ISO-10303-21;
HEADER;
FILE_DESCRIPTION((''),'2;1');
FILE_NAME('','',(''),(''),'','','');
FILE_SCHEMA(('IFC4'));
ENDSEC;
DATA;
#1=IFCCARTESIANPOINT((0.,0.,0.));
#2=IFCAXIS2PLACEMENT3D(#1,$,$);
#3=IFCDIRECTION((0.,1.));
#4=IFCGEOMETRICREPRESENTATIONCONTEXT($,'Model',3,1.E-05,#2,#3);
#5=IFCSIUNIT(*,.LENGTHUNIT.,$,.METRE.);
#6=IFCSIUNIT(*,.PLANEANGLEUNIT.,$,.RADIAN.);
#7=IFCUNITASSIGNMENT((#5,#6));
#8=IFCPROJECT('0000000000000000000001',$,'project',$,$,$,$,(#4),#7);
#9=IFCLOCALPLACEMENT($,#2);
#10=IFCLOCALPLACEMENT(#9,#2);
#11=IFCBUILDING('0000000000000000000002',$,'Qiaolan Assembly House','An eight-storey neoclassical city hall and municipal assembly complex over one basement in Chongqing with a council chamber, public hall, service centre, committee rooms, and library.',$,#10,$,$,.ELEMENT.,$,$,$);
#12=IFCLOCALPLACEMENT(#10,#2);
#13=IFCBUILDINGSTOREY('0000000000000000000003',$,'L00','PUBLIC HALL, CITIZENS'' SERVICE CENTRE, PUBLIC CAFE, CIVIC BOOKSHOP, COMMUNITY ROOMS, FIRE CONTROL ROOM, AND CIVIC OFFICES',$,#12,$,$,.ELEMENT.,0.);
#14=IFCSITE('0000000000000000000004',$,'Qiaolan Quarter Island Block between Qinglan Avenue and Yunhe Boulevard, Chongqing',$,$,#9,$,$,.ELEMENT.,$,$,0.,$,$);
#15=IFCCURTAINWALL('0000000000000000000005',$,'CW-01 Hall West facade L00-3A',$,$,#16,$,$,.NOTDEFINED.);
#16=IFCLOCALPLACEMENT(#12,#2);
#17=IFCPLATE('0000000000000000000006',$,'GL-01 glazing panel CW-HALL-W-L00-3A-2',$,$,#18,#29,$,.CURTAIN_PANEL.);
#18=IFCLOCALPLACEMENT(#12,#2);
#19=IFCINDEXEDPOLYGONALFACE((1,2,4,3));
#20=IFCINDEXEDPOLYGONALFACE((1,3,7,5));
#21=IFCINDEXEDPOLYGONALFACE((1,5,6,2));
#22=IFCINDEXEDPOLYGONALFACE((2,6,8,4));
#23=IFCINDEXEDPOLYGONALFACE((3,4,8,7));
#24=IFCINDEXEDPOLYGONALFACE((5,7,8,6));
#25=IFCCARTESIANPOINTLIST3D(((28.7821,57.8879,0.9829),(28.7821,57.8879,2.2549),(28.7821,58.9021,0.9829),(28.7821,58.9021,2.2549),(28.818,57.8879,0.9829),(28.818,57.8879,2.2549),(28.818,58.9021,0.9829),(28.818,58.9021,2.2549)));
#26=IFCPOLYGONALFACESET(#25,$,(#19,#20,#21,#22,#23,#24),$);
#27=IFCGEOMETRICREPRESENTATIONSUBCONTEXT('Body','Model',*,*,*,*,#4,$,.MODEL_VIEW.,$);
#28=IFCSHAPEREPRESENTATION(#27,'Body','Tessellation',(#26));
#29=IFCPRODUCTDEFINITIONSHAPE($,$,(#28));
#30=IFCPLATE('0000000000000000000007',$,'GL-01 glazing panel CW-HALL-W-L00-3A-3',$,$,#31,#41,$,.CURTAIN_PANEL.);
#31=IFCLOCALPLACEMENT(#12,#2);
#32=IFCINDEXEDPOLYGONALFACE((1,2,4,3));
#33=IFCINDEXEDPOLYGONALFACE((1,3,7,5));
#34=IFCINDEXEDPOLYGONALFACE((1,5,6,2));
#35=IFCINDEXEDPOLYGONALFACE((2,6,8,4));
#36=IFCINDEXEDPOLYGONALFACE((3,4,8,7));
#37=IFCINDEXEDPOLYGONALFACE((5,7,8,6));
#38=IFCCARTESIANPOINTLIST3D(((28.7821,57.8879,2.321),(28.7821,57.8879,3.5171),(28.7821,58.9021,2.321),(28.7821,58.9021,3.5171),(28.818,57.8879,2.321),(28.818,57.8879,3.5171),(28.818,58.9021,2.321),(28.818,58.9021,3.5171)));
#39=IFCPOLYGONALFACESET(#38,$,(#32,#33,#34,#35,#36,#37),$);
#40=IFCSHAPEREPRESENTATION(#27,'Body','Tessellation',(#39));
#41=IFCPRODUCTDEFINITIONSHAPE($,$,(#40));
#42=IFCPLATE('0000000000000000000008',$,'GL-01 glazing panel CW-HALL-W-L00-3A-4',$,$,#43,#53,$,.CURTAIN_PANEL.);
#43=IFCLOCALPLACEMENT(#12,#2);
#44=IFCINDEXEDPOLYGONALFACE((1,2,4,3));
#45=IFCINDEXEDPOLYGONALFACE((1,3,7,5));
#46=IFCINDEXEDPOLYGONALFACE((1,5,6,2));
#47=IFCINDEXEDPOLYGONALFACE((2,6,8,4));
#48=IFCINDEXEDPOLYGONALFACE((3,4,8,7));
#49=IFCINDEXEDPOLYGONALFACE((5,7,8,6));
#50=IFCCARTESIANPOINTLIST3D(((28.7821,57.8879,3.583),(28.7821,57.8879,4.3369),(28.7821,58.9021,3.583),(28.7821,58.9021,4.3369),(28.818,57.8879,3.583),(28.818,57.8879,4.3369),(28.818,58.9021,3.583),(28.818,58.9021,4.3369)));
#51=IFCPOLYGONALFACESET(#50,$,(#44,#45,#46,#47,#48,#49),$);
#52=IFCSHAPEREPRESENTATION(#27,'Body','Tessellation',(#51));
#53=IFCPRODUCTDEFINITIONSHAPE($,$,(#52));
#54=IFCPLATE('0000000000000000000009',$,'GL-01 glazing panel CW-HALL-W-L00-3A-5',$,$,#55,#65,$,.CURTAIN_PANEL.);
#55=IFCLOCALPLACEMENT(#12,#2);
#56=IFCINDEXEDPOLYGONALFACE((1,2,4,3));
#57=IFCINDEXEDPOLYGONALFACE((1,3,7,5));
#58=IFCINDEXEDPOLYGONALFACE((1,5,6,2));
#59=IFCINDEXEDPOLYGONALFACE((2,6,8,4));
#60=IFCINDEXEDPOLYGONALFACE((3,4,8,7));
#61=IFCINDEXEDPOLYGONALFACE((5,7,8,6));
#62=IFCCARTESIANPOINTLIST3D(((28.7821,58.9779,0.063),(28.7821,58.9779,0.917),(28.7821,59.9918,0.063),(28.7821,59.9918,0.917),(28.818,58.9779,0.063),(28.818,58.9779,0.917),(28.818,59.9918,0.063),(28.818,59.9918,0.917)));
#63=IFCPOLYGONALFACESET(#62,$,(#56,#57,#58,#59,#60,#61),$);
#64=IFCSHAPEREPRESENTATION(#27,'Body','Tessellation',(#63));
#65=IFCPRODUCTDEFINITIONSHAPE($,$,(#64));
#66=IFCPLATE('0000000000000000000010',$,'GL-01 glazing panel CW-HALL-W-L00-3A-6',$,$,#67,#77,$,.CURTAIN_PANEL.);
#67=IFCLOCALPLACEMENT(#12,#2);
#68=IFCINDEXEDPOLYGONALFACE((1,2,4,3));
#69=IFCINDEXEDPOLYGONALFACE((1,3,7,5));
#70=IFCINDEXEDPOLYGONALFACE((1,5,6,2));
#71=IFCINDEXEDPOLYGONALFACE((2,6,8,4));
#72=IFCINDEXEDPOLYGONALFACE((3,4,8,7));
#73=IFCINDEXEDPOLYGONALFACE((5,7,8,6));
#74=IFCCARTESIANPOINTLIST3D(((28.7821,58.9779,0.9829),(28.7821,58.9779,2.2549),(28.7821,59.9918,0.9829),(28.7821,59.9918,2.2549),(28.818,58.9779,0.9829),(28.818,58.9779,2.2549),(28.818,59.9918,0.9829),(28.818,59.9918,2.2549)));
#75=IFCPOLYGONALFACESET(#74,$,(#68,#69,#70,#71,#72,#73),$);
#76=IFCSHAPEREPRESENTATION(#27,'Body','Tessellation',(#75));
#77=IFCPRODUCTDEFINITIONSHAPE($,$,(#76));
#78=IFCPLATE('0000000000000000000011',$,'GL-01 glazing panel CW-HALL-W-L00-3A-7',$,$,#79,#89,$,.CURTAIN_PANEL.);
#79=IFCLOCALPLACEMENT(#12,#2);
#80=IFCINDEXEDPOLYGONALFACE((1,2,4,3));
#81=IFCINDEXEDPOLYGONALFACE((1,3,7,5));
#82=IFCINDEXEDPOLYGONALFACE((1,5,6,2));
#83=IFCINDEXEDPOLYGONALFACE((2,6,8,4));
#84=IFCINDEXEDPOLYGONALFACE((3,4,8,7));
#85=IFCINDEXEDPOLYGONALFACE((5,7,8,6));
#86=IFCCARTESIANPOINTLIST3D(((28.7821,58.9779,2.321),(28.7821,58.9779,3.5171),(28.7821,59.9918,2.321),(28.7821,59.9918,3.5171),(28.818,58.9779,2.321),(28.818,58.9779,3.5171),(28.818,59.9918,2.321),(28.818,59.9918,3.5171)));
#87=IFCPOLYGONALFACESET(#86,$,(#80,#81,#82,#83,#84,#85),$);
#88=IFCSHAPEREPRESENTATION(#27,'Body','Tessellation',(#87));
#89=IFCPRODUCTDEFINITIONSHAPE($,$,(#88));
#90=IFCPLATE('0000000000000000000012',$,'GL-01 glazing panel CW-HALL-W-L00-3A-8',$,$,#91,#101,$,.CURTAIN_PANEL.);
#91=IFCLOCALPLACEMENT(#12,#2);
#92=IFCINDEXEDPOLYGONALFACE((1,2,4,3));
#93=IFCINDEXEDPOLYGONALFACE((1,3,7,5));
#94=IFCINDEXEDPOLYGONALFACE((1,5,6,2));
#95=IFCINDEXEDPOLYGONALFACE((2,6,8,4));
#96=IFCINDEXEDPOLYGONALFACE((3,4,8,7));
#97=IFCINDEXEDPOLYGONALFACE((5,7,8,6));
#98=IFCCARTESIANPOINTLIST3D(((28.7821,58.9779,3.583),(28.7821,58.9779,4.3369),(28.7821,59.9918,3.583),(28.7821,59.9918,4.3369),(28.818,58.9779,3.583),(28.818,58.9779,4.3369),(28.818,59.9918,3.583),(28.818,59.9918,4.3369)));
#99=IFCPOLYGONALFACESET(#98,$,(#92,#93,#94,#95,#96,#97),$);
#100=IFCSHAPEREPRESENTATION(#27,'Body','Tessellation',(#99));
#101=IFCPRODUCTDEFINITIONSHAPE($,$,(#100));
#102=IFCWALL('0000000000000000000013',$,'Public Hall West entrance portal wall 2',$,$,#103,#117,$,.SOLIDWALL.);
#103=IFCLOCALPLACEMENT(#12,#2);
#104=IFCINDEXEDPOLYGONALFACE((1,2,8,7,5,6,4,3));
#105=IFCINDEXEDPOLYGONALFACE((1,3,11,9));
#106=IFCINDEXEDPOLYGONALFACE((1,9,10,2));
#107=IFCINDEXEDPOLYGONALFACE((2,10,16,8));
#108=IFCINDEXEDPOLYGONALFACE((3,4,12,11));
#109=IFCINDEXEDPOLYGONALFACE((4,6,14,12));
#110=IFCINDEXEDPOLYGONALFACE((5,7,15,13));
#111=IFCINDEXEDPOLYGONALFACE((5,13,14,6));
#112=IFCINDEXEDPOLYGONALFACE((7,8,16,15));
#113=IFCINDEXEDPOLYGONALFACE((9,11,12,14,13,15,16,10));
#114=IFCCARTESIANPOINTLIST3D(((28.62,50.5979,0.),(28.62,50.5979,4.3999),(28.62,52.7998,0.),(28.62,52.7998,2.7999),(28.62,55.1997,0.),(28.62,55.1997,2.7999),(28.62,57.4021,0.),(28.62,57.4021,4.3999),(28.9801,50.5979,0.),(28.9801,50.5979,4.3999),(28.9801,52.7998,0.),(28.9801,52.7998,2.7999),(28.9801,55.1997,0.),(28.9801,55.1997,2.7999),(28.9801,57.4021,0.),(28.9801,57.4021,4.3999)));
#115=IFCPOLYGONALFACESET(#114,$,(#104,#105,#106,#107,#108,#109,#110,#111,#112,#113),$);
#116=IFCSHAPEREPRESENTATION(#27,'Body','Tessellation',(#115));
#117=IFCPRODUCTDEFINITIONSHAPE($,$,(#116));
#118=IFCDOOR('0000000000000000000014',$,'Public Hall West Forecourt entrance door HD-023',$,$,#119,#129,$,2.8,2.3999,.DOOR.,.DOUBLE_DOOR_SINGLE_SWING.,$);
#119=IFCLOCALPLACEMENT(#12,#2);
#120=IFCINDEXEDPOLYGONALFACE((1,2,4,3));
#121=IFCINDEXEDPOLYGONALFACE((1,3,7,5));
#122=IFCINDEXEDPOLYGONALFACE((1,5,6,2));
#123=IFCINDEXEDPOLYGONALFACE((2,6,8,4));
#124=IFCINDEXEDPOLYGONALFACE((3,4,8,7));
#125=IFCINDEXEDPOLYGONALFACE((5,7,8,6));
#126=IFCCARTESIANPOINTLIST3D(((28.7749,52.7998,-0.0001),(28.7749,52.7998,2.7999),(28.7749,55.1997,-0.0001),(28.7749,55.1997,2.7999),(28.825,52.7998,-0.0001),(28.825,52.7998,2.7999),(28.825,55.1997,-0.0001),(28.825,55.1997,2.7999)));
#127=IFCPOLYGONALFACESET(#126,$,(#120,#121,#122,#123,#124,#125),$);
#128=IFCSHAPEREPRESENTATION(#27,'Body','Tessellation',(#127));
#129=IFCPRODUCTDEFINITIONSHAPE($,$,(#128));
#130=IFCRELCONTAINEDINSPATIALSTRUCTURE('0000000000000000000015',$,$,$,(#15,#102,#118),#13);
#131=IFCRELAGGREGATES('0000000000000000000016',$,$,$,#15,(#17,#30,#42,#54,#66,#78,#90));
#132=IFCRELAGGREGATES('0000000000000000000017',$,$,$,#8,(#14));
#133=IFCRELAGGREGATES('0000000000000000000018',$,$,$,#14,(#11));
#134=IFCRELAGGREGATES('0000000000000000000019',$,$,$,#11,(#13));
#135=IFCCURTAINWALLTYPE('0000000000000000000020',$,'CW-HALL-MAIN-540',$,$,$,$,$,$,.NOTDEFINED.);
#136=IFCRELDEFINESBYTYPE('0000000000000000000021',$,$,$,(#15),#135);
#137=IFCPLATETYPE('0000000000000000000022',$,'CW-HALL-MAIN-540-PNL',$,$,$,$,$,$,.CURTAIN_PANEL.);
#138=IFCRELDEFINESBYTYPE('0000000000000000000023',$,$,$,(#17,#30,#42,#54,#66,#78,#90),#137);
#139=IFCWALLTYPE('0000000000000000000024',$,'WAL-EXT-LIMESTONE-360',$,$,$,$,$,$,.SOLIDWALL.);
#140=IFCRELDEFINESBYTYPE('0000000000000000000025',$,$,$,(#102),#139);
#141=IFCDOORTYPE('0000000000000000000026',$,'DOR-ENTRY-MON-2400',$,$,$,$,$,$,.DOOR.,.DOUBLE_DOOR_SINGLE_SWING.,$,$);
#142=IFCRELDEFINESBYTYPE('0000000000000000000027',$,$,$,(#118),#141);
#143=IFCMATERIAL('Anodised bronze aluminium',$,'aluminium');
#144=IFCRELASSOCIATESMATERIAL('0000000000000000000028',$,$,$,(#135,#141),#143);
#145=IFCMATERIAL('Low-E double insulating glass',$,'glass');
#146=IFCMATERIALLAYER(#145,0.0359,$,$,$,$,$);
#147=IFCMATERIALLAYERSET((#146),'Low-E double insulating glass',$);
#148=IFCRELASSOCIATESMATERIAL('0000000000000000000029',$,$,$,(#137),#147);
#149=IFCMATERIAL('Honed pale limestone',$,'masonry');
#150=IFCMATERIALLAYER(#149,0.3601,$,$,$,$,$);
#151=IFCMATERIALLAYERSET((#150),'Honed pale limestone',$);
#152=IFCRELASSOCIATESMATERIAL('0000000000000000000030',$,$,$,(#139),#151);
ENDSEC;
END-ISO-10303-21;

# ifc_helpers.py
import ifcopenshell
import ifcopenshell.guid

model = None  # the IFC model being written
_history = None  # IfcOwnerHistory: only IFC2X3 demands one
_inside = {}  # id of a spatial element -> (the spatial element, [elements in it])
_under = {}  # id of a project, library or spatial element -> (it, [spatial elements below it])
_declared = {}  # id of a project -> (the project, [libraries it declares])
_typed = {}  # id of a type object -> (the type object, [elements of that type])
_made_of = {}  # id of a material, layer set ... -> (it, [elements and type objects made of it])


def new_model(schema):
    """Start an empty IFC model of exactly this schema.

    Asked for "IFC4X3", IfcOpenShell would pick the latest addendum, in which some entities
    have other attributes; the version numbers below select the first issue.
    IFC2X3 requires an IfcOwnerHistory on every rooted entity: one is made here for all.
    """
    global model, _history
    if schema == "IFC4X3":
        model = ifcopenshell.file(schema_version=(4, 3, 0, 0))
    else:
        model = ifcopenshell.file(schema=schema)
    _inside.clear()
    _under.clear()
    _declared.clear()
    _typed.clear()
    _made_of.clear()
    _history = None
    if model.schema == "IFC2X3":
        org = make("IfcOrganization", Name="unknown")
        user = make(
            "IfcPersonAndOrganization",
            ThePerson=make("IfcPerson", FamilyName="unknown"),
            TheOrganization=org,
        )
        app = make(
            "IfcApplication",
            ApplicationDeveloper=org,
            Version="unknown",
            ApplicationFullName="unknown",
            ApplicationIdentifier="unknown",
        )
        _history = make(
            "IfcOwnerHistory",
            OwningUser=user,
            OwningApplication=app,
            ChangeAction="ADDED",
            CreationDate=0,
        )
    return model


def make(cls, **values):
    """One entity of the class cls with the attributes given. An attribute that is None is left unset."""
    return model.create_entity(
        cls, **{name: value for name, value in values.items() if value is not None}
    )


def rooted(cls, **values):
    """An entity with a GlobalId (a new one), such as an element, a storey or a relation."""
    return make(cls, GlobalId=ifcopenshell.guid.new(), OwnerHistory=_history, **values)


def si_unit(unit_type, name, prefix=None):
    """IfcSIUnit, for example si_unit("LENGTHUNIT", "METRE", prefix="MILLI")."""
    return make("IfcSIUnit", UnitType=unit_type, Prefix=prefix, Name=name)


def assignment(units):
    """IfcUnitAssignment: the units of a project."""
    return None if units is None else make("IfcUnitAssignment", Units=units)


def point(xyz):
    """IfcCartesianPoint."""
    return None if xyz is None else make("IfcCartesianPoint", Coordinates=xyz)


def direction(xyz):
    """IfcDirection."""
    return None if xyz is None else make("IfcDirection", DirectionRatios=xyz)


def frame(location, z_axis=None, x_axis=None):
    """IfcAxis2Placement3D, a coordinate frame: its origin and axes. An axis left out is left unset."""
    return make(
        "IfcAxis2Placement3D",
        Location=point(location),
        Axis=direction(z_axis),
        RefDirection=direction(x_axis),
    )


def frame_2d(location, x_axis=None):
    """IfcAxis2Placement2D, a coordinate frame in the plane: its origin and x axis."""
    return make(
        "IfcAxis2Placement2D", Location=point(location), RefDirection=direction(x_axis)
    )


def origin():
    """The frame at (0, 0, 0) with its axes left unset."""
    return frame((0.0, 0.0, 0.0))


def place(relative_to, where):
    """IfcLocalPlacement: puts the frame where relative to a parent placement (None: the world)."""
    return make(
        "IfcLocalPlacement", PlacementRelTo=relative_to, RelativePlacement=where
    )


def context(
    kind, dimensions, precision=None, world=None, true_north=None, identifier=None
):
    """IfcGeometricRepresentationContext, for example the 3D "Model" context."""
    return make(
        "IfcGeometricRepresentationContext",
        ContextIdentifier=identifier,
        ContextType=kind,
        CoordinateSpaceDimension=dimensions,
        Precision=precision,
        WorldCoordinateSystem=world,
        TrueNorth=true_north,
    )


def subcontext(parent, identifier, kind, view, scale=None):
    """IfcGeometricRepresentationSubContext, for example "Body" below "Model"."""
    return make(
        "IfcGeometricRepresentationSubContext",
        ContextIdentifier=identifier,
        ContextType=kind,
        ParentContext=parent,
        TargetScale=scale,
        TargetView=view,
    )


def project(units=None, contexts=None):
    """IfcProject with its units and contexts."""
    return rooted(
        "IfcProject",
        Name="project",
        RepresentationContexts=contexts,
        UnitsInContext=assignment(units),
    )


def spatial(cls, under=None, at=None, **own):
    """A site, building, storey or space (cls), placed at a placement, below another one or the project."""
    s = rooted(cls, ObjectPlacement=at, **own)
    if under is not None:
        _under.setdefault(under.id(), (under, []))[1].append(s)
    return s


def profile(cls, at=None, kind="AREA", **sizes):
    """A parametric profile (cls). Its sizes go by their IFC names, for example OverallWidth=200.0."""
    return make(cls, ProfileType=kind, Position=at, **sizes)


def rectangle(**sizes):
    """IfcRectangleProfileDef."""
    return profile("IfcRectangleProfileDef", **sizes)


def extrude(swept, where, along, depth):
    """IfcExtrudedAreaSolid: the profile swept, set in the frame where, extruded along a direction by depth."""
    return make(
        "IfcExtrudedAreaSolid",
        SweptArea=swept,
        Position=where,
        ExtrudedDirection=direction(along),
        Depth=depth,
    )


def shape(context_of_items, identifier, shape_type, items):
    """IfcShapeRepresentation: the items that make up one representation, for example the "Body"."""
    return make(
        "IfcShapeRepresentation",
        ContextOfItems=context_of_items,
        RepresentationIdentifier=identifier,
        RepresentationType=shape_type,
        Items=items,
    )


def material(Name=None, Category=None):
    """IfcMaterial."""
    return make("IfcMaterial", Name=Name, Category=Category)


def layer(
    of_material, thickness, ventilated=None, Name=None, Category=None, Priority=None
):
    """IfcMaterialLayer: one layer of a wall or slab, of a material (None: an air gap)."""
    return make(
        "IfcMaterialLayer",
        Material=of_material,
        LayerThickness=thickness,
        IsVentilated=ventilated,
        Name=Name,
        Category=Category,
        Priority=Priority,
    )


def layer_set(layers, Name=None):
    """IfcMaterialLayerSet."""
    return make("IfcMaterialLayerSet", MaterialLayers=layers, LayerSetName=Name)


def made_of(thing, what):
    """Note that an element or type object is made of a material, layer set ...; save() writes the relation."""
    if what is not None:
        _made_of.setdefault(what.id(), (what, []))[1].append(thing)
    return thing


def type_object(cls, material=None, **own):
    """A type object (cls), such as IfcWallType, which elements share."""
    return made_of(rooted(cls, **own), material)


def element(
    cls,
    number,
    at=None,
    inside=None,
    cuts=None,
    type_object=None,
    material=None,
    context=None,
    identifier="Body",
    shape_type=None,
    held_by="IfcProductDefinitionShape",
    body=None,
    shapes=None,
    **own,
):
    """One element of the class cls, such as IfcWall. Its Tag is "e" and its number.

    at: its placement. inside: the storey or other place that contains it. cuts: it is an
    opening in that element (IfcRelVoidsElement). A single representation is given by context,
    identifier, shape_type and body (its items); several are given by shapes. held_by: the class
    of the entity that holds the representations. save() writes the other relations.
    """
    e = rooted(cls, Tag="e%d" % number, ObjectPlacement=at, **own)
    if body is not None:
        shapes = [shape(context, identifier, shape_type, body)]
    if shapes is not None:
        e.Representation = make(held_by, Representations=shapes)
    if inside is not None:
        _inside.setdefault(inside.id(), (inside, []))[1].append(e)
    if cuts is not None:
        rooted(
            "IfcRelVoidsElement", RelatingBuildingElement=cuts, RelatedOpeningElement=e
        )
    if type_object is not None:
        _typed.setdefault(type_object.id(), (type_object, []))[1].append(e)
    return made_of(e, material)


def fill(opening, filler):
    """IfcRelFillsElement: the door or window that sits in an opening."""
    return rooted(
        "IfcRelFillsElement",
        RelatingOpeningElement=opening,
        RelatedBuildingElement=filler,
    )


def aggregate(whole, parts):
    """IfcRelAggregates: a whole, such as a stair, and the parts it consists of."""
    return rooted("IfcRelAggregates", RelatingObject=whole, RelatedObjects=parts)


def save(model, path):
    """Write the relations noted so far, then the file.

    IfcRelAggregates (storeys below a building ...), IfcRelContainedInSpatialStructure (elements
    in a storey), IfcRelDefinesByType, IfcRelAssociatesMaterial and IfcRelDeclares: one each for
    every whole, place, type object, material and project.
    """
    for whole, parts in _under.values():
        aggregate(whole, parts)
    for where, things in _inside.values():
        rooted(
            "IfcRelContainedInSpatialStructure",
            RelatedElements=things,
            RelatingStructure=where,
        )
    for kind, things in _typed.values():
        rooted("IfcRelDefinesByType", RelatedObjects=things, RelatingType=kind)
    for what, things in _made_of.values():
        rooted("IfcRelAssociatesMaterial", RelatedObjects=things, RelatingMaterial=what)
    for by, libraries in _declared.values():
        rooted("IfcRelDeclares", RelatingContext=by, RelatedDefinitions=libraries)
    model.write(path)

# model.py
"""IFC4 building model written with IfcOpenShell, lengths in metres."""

from ifc_helpers import new_model, si_unit, direction, frame, frame_2d, origin, place, context, subcontext, project, spatial, rectangle, extrude, material, layer, layer_set, type_object, element, fill, aggregate, save


model = new_model("IFC4")

# Units and contexts
model_context = context("Model", 3, precision=1e-05, world=origin(), true_north=direction((0.0, 1.0)))
body_context = subcontext(model_context, "Body", "Model", "MODEL_VIEW")
ifc_project = project(units=[si_unit("LENGTHUNIT", "METRE"), si_unit("PLANEANGLEUNIT", "RADIAN")], contexts=[model_context])

# Site, building, storey
site_placement = place(None, origin())
site = spatial("IfcSite", under=ifc_project, at=site_placement, Name="Qiaolan Quarter Island Block between Qinglan Avenue and Yunhe Boulevard, Chongqing", CompositionType="ELEMENT", RefElevation=0.0)
building_placement = place(site_placement, origin())
building = spatial("IfcBuilding", under=site, at=building_placement, Name="Qiaolan Assembly House", Description="An eight-storey neoclassical city hall and municipal assembly complex over one basement in Chongqing with a council chamber, public hall, service centre, committee rooms, and library.", CompositionType="ELEMENT")
storey_placement = place(building_placement, origin())
storey = spatial("IfcBuildingStorey", under=building, at=storey_placement, Name="L00", Description="PUBLIC HALL, CITIZENS' SERVICE CENTRE, PUBLIC CAFE, CIVIC BOOKSHOP, COMMUNITY ROOMS, FIRE CONTROL ROOM, AND CIVIC OFFICES", CompositionType="ELEMENT", Elevation=0.0)

# Curtain wall
ifc_material_1 = material(Name="Anodised bronze aluminium", Category="aluminium")
curtain_wall_type = type_object("IfcCurtainWallType", Name="CW-HALL-MAIN-540", PredefinedType="NOTDEFINED", material=ifc_material_1)
curtain_wall_placement = place(storey_placement, origin())
curtain_wall = element("IfcCurtainWall", 1, at=curtain_wall_placement, inside=storey, type_object=curtain_wall_type, Name="CW-01 Hall West facade L00-3A", PredefinedType="NOTDEFINED")

# Plates
ifc_material_2 = material(Name="Low-E double insulating glass", Category="glass")
ifc_layer_1 = layer(ifc_material_2, 0.0359)
ifc_layer_set_1 = layer_set([ifc_layer_1], Name="Low-E double insulating glass")
plate_type = type_object("IfcPlateType", Name="CW-HALL-MAIN-540-PNL", PredefinedType="CURTAIN_PANEL", material=ifc_layer_set_1)
plate_1_placement = place(storey_placement, frame((28.8, 57.8879, 0.9829), z_axis=(0.0, 0.0, 1.0), x_axis=(0.0, 1.0, 0.0)))
plate_1 = element("IfcPlate", 2, at=plate_1_placement, type_object=plate_type, Name="GL-01 glazing panel CW-HALL-W-L00-3A-2", PredefinedType="CURTAIN_PANEL", context=body_context, shape_type="SweptSolid", body=[
    extrude(rectangle(XDim=1.0142, YDim=0.0359, at=frame_2d((0.5071, 0.0))), origin(), (0.0, 0.0, 1.0), 1.272),
])
plate_2_placement = place(storey_placement, frame((28.8, 57.8879, 2.321), z_axis=(0.0, 0.0, 1.0), x_axis=(0.0, 1.0, 0.0)))
plate_2 = element("IfcPlate", 3, at=plate_2_placement, type_object=plate_type, Name="GL-01 glazing panel CW-HALL-W-L00-3A-3", PredefinedType="CURTAIN_PANEL", context=body_context, shape_type="SweptSolid", body=[
    extrude(rectangle(XDim=1.0142, YDim=0.0359, at=frame_2d((0.5071, 0.0))), origin(), (0.0, 0.0, 1.0), 1.196),
])
plate_3_placement = place(storey_placement, frame((28.8, 57.8879, 3.583), z_axis=(0.0, 0.0, 1.0), x_axis=(0.0, 1.0, 0.0)))
plate_3 = element("IfcPlate", 4, at=plate_3_placement, type_object=plate_type, Name="GL-01 glazing panel CW-HALL-W-L00-3A-4", PredefinedType="CURTAIN_PANEL", context=body_context, shape_type="SweptSolid", body=[
    extrude(rectangle(XDim=1.0142, YDim=0.0359, at=frame_2d((0.5071, 0.0))), origin(), (0.0, 0.0, 1.0), 0.7539),
])
plate_4_placement = place(storey_placement, frame((28.8, 58.978, 0.063), z_axis=(0.0, 0.0, 1.0), x_axis=(0.0, 1.0, 0.0)))
plate_4 = element("IfcPlate", 5, at=plate_4_placement, type_object=plate_type, Name="GL-01 glazing panel CW-HALL-W-L00-3A-5", PredefinedType="CURTAIN_PANEL", context=body_context, shape_type="SweptSolid", body=[
    extrude(rectangle(XDim=1.0139, YDim=0.0359, at=frame_2d((0.5068, 0.0))), origin(), (0.0, 0.0, 1.0), 0.854),
])
plate_5_placement = place(storey_placement, frame((28.8, 58.978, 0.9829), z_axis=(0.0, 0.0, 1.0), x_axis=(0.0, 1.0, 0.0)))
plate_5 = element("IfcPlate", 6, at=plate_5_placement, type_object=plate_type, Name="GL-01 glazing panel CW-HALL-W-L00-3A-6", PredefinedType="CURTAIN_PANEL", context=body_context, shape_type="SweptSolid", body=[
    extrude(rectangle(XDim=1.0139, YDim=0.0359, at=frame_2d((0.5068, 0.0))), origin(), (0.0, 0.0, 1.0), 1.272),
])
plate_6_placement = place(storey_placement, frame((28.8, 58.978, 2.321), z_axis=(0.0, 0.0, 1.0), x_axis=(0.0, 1.0, 0.0)))
plate_6 = element("IfcPlate", 7, at=plate_6_placement, type_object=plate_type, Name="GL-01 glazing panel CW-HALL-W-L00-3A-7", PredefinedType="CURTAIN_PANEL", context=body_context, shape_type="SweptSolid", body=[
    extrude(rectangle(XDim=1.0139, YDim=0.0359, at=frame_2d((0.5068, 0.0))), origin(), (0.0, 0.0, 1.0), 1.196),
])
plate_7_placement = place(storey_placement, frame((28.8, 58.978, 3.583), z_axis=(0.0, 0.0, 1.0), x_axis=(0.0, 1.0, 0.0)))
plate_7 = element("IfcPlate", 8, at=plate_7_placement, type_object=plate_type, Name="GL-01 glazing panel CW-HALL-W-L00-3A-8", PredefinedType="CURTAIN_PANEL", context=body_context, shape_type="SweptSolid", body=[
    extrude(rectangle(XDim=1.0139, YDim=0.0359, at=frame_2d((0.5068, 0.0))), origin(), (0.0, 0.0, 1.0), 0.7539),
])
aggregate(curtain_wall, [plate_1, plate_2, plate_3, plate_4, plate_5, plate_6, plate_7])

# Wall, opening, door
ifc_material_3 = material(Name="Honed pale limestone", Category="masonry")
ifc_layer_2 = layer(ifc_material_3, 0.3601)
ifc_layer_set_2 = layer_set([ifc_layer_2], Name="Honed pale limestone")
wall_type = type_object("IfcWallType", Name="WAL-EXT-LIMESTONE-360", PredefinedType="SOLIDWALL", material=ifc_layer_set_2)
wall_placement = place(storey_placement, frame((28.8, 50.5979, 0.0), z_axis=(0.0, 0.0, 1.0), x_axis=(0.0, 1.0, 0.0)))
wall = element("IfcWall", 9, at=wall_placement, inside=storey, type_object=wall_type, Name="Public Hall West entrance portal wall 2", PredefinedType="SOLIDWALL", context=body_context, shape_type="SweptSolid", body=[
    extrude(rectangle(XDim=6.8042, YDim=0.3601, at=frame_2d((3.4021, 0.0))), origin(), (0.0, 0.0, 1.0), 4.3999),
])
opening_placement = place(wall_placement, frame((2.2019, 0.0, 0.0)))
opening = element("IfcOpeningElement", 10, at=opening_placement, cuts=wall, PredefinedType="OPENING", context=body_context, shape_type="SweptSolid", body=[
    extrude(rectangle(XDim=2.3999, YDim=2.8, at=frame_2d((1.2, 1.3999))), frame((0.0, 0.1899, 0.0), z_axis=(0.0, -1.0, 0.0), x_axis=(1.0, 0.0, 0.0)), (0.0, 0.0, 1.0), 0.3801),
])
door_type = type_object("IfcDoorType", Name="DOR-ENTRY-MON-2400", OperationType="DOUBLE_DOOR_SINGLE_SWING", PredefinedType="DOOR", material=ifc_material_1)
door_placement = place(opening_placement, frame((2.3999, 0.0, 0.0), z_axis=(0.0, 0.0, 1.0), x_axis=(-1.0, 0.0, 0.0)))
door = element("IfcDoor", 11, at=door_placement, inside=storey, type_object=door_type, Name="Public Hall West Forecourt entrance door HD-023", OperationType="DOUBLE_DOOR_SINGLE_SWING", OverallHeight=2.8, OverallWidth=2.3999, PredefinedType="DOOR", context=body_context, shape_type="SweptSolid", body=[
    extrude(rectangle(XDim=2.3999, YDim=2.8, at=frame_2d((1.2, 1.3999))), frame((0.0, 0.0249, 0.0), z_axis=(0.0, -1.0, 0.0), x_axis=(1.0, 0.0, 0.0)), (0.0, 0.0, 1.0), 0.05),
])
fill(opening, door)

save(model, "model.ifc")
